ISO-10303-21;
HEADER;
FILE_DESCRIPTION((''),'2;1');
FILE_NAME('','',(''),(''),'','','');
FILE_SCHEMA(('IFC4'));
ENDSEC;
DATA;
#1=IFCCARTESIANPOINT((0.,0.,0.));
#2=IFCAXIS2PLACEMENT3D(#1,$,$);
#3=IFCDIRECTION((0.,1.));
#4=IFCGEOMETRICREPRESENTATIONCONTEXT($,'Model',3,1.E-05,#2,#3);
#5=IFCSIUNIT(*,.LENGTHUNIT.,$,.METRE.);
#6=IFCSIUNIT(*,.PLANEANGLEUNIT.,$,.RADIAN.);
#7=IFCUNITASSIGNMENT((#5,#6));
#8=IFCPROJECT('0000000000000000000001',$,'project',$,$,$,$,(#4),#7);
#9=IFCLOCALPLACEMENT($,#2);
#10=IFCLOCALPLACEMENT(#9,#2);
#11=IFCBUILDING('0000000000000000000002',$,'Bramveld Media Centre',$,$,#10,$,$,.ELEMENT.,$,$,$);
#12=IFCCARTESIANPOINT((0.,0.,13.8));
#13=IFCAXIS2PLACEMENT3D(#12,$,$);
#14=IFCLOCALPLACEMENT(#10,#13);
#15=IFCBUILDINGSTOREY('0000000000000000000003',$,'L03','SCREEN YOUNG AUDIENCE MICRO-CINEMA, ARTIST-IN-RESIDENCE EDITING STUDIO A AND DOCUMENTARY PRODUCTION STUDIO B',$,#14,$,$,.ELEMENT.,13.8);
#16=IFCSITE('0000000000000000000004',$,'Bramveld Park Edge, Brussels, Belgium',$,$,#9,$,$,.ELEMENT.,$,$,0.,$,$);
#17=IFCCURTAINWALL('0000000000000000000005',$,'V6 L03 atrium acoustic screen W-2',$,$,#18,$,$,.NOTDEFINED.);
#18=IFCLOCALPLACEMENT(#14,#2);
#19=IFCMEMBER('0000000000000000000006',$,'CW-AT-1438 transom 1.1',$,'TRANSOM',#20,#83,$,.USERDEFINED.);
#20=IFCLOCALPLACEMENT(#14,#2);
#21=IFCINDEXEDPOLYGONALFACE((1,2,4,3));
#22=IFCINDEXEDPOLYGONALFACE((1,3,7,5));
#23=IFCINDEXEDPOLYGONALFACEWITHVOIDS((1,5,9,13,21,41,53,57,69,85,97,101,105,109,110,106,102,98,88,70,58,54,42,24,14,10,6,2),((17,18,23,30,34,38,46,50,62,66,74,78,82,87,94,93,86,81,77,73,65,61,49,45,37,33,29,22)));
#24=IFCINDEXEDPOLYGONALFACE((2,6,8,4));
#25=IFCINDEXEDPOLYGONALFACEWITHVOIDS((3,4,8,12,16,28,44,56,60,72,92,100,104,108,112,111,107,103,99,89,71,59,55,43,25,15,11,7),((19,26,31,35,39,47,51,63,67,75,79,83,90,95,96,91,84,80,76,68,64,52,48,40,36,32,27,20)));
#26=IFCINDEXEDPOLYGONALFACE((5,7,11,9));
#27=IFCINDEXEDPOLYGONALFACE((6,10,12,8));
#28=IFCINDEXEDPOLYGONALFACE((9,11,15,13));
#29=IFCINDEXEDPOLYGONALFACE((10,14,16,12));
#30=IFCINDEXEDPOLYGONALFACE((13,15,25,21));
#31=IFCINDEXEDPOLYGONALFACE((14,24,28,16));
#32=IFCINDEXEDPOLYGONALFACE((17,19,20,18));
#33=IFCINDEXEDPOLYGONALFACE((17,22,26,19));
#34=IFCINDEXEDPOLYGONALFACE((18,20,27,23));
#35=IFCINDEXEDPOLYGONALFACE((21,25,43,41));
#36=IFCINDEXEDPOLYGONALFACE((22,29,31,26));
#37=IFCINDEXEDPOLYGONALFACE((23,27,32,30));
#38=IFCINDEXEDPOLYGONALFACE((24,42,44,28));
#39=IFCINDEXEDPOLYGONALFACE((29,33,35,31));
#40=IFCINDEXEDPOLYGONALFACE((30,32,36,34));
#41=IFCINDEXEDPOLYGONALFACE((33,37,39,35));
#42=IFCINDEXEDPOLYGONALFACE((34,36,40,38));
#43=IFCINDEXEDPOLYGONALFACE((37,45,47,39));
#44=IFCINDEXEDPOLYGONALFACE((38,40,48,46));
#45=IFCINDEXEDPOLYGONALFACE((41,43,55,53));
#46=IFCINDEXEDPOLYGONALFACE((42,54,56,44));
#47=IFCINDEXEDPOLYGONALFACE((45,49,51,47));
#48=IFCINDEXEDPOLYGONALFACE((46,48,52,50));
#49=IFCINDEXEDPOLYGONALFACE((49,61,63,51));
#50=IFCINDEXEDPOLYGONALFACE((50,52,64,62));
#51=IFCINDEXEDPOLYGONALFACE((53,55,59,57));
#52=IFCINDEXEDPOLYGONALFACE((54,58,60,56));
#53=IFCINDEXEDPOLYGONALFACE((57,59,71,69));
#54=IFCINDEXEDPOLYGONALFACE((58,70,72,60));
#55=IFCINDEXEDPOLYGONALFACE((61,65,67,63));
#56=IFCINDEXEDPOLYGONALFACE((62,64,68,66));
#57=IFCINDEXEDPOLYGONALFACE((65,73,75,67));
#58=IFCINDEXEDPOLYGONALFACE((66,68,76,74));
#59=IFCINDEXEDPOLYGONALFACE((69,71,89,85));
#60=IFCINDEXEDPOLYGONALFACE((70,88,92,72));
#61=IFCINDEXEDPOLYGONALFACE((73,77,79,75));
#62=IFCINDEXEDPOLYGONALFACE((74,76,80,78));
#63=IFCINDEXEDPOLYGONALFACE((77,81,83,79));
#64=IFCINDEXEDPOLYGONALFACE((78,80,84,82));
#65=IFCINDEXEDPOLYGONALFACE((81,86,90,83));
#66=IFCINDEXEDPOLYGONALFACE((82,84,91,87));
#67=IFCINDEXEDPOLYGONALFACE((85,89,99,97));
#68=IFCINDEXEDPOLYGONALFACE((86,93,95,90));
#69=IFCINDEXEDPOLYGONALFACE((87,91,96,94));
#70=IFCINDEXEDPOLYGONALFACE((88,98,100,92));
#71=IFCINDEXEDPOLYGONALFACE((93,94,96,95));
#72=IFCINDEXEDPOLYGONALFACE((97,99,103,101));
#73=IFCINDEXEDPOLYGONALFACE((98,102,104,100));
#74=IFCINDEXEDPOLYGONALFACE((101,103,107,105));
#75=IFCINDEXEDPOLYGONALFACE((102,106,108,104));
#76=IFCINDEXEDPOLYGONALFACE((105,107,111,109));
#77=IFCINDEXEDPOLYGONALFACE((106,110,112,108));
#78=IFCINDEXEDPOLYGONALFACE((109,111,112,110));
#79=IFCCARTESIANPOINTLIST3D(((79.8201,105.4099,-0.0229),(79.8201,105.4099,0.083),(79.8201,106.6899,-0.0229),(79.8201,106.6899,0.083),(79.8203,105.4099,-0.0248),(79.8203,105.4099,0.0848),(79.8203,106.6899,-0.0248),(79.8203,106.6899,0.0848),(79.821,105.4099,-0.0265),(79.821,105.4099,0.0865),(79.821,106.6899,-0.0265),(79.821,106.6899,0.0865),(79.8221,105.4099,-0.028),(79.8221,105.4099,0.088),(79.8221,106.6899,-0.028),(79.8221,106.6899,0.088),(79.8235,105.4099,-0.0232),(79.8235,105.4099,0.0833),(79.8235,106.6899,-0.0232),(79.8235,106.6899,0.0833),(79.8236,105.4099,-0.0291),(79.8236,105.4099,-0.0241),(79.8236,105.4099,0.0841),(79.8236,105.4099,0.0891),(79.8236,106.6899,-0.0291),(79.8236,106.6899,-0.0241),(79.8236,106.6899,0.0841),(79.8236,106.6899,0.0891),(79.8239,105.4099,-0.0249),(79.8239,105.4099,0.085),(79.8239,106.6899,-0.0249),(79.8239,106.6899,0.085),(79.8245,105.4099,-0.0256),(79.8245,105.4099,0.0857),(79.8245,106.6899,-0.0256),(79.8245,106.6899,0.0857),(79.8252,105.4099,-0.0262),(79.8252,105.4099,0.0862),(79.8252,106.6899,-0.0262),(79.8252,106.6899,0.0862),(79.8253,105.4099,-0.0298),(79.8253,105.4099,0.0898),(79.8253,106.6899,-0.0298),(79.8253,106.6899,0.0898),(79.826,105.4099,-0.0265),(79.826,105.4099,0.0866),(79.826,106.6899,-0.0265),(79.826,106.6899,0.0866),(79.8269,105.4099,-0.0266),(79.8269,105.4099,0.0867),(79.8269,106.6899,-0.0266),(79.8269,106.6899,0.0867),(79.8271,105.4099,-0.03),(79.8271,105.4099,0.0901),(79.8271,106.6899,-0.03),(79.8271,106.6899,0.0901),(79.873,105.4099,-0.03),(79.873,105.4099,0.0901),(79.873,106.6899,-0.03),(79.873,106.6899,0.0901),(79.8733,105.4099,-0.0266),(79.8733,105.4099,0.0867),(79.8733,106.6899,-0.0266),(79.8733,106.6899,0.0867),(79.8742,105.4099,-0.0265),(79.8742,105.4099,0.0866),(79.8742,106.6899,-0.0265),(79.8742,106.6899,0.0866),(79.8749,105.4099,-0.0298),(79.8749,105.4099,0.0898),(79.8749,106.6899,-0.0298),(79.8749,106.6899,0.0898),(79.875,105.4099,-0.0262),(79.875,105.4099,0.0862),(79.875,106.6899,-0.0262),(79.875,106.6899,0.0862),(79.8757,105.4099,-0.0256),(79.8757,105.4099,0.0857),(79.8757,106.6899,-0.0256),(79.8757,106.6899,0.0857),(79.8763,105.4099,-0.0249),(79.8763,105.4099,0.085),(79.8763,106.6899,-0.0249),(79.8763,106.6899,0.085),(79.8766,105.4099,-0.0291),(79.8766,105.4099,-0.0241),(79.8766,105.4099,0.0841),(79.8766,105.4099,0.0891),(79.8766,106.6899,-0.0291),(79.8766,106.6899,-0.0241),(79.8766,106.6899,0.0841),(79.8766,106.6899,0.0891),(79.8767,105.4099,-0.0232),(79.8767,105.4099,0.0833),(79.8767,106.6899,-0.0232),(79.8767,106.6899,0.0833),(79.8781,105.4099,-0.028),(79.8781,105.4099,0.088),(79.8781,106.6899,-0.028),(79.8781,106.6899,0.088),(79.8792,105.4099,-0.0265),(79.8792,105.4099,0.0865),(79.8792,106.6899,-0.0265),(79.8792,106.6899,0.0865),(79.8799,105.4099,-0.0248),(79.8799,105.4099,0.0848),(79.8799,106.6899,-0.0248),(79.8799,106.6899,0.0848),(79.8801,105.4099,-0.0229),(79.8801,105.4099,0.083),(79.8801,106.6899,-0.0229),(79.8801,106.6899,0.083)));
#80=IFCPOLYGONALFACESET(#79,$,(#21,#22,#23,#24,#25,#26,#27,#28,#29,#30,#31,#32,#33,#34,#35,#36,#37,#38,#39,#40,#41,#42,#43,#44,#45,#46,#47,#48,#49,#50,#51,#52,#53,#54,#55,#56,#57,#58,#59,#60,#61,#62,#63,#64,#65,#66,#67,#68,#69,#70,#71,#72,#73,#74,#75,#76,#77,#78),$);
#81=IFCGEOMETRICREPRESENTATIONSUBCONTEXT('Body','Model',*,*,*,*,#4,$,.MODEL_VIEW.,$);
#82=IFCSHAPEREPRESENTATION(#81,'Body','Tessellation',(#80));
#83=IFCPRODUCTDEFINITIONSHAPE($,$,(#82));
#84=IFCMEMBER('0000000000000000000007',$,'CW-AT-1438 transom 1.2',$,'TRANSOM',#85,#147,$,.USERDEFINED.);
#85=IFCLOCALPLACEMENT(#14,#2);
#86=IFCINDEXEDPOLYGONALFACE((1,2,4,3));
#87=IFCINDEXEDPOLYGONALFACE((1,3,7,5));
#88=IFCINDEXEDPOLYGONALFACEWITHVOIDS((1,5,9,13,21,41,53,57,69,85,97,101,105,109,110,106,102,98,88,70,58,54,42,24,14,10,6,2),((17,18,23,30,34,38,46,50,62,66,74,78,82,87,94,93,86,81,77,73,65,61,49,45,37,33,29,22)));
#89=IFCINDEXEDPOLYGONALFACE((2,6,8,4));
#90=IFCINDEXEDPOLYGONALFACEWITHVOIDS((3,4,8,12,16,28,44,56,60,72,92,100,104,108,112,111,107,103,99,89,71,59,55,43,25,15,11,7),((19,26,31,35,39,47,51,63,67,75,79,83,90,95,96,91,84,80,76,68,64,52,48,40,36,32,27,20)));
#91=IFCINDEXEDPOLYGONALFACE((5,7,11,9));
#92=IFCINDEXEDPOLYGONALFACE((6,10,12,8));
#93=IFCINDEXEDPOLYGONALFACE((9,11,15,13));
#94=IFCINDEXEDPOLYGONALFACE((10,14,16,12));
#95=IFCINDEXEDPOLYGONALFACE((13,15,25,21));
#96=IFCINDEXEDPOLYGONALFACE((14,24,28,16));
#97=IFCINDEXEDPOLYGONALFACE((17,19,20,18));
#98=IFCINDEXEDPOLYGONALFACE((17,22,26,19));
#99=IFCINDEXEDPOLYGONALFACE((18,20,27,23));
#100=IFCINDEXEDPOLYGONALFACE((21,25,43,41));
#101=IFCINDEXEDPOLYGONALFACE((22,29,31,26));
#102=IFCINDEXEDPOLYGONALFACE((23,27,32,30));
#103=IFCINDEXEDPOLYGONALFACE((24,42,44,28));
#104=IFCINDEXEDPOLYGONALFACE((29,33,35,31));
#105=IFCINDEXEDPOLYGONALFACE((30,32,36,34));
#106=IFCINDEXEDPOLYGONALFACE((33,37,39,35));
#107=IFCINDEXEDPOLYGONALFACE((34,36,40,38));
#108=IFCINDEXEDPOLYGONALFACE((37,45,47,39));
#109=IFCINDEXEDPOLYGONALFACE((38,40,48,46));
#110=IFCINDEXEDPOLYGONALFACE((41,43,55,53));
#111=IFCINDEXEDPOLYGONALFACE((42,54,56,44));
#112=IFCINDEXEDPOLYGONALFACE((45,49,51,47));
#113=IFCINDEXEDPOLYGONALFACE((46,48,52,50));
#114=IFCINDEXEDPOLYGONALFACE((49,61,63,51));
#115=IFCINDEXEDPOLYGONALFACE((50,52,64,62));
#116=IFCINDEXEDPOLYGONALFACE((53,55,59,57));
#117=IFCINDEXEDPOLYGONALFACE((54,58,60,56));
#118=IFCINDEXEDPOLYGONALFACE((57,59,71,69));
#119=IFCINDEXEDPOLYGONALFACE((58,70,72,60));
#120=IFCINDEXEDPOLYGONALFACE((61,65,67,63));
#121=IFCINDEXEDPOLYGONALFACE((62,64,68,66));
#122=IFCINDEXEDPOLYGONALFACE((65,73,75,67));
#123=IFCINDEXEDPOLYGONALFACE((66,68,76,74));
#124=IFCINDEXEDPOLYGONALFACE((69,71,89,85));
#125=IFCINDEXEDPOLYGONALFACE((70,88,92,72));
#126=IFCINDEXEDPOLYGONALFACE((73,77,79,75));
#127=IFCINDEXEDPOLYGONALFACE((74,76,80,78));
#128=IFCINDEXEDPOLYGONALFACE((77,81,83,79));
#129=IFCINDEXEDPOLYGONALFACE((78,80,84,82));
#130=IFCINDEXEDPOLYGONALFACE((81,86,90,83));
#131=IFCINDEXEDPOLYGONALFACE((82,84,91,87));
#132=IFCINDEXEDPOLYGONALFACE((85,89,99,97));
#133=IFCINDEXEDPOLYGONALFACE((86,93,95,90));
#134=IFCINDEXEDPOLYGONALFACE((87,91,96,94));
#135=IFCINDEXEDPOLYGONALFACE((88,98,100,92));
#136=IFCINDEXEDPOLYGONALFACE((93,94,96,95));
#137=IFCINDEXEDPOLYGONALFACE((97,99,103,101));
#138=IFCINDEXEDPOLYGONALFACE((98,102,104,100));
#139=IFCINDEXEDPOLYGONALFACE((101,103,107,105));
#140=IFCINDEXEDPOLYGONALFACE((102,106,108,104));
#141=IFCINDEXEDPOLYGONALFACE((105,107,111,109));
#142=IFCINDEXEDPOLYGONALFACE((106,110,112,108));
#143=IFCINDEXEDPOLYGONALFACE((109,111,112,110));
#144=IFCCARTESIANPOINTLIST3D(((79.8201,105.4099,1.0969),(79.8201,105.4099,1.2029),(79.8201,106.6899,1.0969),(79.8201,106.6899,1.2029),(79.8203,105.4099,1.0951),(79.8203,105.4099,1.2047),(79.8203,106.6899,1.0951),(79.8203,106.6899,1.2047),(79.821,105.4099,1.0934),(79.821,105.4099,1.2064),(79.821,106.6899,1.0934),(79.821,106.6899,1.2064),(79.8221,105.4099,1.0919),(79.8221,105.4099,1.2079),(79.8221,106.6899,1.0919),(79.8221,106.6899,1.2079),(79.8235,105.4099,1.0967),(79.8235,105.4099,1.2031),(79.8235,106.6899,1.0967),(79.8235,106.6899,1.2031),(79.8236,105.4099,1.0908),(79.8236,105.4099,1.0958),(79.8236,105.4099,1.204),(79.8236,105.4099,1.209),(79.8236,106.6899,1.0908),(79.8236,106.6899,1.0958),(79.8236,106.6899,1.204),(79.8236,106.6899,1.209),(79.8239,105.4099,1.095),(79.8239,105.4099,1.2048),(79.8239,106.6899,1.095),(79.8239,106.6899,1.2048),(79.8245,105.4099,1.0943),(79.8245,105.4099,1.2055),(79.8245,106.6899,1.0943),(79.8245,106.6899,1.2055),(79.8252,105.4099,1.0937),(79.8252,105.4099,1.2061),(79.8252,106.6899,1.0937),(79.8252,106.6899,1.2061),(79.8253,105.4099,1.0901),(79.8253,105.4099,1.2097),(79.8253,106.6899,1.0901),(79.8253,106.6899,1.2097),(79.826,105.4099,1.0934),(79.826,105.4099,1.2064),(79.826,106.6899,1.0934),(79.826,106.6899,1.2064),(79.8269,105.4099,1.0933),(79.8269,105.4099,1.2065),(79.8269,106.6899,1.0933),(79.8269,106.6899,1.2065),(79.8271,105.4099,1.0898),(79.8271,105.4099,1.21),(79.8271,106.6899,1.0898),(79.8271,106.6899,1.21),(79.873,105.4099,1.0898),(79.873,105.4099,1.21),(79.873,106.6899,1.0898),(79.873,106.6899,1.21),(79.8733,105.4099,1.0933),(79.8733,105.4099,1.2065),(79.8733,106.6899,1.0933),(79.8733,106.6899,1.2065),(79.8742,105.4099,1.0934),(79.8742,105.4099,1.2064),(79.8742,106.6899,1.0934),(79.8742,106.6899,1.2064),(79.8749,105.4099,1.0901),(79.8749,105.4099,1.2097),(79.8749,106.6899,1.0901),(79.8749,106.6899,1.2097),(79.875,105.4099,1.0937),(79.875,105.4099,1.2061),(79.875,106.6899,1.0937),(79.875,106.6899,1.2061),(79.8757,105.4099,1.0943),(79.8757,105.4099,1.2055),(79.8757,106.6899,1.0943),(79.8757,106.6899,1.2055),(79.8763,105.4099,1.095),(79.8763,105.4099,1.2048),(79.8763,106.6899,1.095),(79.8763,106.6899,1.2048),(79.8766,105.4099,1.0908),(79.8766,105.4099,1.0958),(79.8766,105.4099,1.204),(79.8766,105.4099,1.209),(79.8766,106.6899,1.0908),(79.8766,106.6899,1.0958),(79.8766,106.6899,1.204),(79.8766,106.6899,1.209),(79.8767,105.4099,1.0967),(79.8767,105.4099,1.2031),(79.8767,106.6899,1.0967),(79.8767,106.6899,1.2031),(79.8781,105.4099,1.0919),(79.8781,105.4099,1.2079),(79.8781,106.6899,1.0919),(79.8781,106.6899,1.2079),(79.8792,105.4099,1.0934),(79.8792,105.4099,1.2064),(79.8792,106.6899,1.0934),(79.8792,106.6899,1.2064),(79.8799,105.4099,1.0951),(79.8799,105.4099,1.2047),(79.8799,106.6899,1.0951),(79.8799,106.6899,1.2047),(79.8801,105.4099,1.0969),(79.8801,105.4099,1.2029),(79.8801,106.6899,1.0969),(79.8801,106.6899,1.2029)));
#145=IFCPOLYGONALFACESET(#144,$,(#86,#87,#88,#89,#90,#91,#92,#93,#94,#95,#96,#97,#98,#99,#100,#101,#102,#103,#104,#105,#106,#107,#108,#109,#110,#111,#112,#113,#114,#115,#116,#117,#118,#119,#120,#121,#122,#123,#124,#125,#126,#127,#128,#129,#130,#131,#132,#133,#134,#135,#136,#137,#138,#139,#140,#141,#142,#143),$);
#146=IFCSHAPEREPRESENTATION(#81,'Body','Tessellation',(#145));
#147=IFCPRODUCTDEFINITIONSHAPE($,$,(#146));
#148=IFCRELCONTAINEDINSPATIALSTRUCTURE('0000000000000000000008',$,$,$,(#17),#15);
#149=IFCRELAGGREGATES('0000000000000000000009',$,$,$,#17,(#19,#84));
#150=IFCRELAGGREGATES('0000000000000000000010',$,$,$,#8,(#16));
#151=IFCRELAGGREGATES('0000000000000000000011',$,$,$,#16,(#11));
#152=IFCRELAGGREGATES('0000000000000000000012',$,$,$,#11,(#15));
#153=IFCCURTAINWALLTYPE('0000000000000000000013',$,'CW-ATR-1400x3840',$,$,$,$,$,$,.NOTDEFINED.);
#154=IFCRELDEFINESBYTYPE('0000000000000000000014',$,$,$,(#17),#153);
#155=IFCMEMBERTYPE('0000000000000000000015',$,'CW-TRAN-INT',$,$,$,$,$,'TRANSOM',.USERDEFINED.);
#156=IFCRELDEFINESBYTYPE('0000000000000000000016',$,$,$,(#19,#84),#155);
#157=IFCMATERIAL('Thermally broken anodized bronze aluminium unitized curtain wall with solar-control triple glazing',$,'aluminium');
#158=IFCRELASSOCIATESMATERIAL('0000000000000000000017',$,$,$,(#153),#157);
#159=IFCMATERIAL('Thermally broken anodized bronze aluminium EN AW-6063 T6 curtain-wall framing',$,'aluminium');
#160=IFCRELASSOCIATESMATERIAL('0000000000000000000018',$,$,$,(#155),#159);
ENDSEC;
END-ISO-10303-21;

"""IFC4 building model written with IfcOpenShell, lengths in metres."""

from ifc_helpers import new_model, si_unit, direction, frame, origin, origin_2d, place, context, subcontext, project, spatial, hollow_rectangle, extrude, material, material_profile, profile_set, type_object, element, aggregate, save


model = new_model("IFC4")

# Units and contexts
model_context = context("Model", 3, precision=1e-05, world=origin(), true_north=direction((0.0, 1.0)))
body_context = subcontext(model_context, "Body", "Model", "MODEL_VIEW")
ifc_project = project(units=[si_unit("LENGTHUNIT", "METRE"), si_unit("PLANEANGLEUNIT", "RADIAN")], contexts=[model_context])

# Site, building, storey
site_placement = place(None, origin())
site = spatial("IfcSite", under=ifc_project, at=site_placement, Name="Bramveld Park Edge, Brussels, Belgium", CompositionType="ELEMENT", RefElevation=0.0)
building_placement = place(site_placement, origin())
building = spatial("IfcBuilding", under=site, at=building_placement, Name="Bramveld Media Centre", CompositionType="ELEMENT")
storey_placement = place(building_placement, frame((0.0, 0.0, 13.8)))
storey = spatial("IfcBuildingStorey", under=building, at=storey_placement, Name="L03", Description="SCREEN YOUNG AUDIENCE MICRO-CINEMA, ARTIST-IN-RESIDENCE EDITING STUDIO A AND DOCUMENTARY PRODUCTION STUDIO B", CompositionType="ELEMENT", Elevation=13.8)

# Curtain wall
ifc_material_1 = material(Name="Thermally broken anodized bronze aluminium unitized curtain wall with solar-control triple glazing", Category="aluminium")
curtain_wall_type_1 = type_object("IfcCurtainWallType", Name="CW-ATR-1400x3840", PredefinedType="NOTDEFINED", material=ifc_material_1)
curtain_wall_1_placement = place(storey_placement, origin())
curtain_wall_1 = element("IfcCurtainWall", 1, at=curtain_wall_1_placement, inside=storey, type_object=curtain_wall_type_1, Name="V6 L03 atrium acoustic screen W-2", PredefinedType="NOTDEFINED")

# Members
ifc_material_2 = material(Name="Thermally broken anodized bronze aluminium EN AW-6063 T6 curtain-wall framing", Category="aluminium")
ifc_material_profile_1 = material_profile(ifc_material_2, hollow_rectangle(XDim=0.0601, YDim=0.1201, WallThickness=0.0034, InnerFilletRadius=0.0034, OuterFilletRadius=0.0071, at=origin_2d()), Name="AL-TRAN 60x120")
ifc_profile_set_1 = profile_set([ifc_material_profile_1], Name="Thermally broken anodized bronze aluminium EN AW-6063 T6 curtain-wall framing")
member_type_1 = type_object("IfcMemberType", Name="CW-TRAN-INT", ElementType="TRANSOM", PredefinedType="USERDEFINED", material=ifc_profile_set_1)
member_1_placement = place(storey_placement, frame((79.8501, 105.4099, 0.03), z_axis=(0.0, 1.0, 0.0), x_axis=(-1.0, 0.0, 0.0)))
member_1 = element("IfcMember", 2, at=member_1_placement, type_object=member_type_1, Name="CW-AT-1438 transom 1.1", ObjectType="TRANSOM", PredefinedType="USERDEFINED", context=body_context, shape_type="SweptSolid", body=[
    extrude(hollow_rectangle(XDim=0.0601, YDim=0.1201, WallThickness=0.0034, InnerFilletRadius=0.0034, OuterFilletRadius=0.0071, at=origin_2d()), origin(), (0.0, 0.0, 1.0), 1.28),
])
member_2_placement = place(storey_placement, frame((79.8501, 105.4099, 1.1499), z_axis=(0.0, 1.0, 0.0), x_axis=(-1.0, 0.0, 0.0)))
member_2 = element("IfcMember", 3, at=member_2_placement, type_object=member_type_1, Name="CW-AT-1438 transom 1.2", ObjectType="TRANSOM", PredefinedType="USERDEFINED", context=body_context, shape_type="SweptSolid", body=[
    extrude(hollow_rectangle(XDim=0.0601, YDim=0.1201, WallThickness=0.0034, InnerFilletRadius=0.0034, OuterFilletRadius=0.0071, at=origin_2d()), origin(), (0.0, 0.0, 1.0), 1.28),
])

aggregate(curtain_wall_1, [member_1, member_2])

save(model, "model.ifc")
